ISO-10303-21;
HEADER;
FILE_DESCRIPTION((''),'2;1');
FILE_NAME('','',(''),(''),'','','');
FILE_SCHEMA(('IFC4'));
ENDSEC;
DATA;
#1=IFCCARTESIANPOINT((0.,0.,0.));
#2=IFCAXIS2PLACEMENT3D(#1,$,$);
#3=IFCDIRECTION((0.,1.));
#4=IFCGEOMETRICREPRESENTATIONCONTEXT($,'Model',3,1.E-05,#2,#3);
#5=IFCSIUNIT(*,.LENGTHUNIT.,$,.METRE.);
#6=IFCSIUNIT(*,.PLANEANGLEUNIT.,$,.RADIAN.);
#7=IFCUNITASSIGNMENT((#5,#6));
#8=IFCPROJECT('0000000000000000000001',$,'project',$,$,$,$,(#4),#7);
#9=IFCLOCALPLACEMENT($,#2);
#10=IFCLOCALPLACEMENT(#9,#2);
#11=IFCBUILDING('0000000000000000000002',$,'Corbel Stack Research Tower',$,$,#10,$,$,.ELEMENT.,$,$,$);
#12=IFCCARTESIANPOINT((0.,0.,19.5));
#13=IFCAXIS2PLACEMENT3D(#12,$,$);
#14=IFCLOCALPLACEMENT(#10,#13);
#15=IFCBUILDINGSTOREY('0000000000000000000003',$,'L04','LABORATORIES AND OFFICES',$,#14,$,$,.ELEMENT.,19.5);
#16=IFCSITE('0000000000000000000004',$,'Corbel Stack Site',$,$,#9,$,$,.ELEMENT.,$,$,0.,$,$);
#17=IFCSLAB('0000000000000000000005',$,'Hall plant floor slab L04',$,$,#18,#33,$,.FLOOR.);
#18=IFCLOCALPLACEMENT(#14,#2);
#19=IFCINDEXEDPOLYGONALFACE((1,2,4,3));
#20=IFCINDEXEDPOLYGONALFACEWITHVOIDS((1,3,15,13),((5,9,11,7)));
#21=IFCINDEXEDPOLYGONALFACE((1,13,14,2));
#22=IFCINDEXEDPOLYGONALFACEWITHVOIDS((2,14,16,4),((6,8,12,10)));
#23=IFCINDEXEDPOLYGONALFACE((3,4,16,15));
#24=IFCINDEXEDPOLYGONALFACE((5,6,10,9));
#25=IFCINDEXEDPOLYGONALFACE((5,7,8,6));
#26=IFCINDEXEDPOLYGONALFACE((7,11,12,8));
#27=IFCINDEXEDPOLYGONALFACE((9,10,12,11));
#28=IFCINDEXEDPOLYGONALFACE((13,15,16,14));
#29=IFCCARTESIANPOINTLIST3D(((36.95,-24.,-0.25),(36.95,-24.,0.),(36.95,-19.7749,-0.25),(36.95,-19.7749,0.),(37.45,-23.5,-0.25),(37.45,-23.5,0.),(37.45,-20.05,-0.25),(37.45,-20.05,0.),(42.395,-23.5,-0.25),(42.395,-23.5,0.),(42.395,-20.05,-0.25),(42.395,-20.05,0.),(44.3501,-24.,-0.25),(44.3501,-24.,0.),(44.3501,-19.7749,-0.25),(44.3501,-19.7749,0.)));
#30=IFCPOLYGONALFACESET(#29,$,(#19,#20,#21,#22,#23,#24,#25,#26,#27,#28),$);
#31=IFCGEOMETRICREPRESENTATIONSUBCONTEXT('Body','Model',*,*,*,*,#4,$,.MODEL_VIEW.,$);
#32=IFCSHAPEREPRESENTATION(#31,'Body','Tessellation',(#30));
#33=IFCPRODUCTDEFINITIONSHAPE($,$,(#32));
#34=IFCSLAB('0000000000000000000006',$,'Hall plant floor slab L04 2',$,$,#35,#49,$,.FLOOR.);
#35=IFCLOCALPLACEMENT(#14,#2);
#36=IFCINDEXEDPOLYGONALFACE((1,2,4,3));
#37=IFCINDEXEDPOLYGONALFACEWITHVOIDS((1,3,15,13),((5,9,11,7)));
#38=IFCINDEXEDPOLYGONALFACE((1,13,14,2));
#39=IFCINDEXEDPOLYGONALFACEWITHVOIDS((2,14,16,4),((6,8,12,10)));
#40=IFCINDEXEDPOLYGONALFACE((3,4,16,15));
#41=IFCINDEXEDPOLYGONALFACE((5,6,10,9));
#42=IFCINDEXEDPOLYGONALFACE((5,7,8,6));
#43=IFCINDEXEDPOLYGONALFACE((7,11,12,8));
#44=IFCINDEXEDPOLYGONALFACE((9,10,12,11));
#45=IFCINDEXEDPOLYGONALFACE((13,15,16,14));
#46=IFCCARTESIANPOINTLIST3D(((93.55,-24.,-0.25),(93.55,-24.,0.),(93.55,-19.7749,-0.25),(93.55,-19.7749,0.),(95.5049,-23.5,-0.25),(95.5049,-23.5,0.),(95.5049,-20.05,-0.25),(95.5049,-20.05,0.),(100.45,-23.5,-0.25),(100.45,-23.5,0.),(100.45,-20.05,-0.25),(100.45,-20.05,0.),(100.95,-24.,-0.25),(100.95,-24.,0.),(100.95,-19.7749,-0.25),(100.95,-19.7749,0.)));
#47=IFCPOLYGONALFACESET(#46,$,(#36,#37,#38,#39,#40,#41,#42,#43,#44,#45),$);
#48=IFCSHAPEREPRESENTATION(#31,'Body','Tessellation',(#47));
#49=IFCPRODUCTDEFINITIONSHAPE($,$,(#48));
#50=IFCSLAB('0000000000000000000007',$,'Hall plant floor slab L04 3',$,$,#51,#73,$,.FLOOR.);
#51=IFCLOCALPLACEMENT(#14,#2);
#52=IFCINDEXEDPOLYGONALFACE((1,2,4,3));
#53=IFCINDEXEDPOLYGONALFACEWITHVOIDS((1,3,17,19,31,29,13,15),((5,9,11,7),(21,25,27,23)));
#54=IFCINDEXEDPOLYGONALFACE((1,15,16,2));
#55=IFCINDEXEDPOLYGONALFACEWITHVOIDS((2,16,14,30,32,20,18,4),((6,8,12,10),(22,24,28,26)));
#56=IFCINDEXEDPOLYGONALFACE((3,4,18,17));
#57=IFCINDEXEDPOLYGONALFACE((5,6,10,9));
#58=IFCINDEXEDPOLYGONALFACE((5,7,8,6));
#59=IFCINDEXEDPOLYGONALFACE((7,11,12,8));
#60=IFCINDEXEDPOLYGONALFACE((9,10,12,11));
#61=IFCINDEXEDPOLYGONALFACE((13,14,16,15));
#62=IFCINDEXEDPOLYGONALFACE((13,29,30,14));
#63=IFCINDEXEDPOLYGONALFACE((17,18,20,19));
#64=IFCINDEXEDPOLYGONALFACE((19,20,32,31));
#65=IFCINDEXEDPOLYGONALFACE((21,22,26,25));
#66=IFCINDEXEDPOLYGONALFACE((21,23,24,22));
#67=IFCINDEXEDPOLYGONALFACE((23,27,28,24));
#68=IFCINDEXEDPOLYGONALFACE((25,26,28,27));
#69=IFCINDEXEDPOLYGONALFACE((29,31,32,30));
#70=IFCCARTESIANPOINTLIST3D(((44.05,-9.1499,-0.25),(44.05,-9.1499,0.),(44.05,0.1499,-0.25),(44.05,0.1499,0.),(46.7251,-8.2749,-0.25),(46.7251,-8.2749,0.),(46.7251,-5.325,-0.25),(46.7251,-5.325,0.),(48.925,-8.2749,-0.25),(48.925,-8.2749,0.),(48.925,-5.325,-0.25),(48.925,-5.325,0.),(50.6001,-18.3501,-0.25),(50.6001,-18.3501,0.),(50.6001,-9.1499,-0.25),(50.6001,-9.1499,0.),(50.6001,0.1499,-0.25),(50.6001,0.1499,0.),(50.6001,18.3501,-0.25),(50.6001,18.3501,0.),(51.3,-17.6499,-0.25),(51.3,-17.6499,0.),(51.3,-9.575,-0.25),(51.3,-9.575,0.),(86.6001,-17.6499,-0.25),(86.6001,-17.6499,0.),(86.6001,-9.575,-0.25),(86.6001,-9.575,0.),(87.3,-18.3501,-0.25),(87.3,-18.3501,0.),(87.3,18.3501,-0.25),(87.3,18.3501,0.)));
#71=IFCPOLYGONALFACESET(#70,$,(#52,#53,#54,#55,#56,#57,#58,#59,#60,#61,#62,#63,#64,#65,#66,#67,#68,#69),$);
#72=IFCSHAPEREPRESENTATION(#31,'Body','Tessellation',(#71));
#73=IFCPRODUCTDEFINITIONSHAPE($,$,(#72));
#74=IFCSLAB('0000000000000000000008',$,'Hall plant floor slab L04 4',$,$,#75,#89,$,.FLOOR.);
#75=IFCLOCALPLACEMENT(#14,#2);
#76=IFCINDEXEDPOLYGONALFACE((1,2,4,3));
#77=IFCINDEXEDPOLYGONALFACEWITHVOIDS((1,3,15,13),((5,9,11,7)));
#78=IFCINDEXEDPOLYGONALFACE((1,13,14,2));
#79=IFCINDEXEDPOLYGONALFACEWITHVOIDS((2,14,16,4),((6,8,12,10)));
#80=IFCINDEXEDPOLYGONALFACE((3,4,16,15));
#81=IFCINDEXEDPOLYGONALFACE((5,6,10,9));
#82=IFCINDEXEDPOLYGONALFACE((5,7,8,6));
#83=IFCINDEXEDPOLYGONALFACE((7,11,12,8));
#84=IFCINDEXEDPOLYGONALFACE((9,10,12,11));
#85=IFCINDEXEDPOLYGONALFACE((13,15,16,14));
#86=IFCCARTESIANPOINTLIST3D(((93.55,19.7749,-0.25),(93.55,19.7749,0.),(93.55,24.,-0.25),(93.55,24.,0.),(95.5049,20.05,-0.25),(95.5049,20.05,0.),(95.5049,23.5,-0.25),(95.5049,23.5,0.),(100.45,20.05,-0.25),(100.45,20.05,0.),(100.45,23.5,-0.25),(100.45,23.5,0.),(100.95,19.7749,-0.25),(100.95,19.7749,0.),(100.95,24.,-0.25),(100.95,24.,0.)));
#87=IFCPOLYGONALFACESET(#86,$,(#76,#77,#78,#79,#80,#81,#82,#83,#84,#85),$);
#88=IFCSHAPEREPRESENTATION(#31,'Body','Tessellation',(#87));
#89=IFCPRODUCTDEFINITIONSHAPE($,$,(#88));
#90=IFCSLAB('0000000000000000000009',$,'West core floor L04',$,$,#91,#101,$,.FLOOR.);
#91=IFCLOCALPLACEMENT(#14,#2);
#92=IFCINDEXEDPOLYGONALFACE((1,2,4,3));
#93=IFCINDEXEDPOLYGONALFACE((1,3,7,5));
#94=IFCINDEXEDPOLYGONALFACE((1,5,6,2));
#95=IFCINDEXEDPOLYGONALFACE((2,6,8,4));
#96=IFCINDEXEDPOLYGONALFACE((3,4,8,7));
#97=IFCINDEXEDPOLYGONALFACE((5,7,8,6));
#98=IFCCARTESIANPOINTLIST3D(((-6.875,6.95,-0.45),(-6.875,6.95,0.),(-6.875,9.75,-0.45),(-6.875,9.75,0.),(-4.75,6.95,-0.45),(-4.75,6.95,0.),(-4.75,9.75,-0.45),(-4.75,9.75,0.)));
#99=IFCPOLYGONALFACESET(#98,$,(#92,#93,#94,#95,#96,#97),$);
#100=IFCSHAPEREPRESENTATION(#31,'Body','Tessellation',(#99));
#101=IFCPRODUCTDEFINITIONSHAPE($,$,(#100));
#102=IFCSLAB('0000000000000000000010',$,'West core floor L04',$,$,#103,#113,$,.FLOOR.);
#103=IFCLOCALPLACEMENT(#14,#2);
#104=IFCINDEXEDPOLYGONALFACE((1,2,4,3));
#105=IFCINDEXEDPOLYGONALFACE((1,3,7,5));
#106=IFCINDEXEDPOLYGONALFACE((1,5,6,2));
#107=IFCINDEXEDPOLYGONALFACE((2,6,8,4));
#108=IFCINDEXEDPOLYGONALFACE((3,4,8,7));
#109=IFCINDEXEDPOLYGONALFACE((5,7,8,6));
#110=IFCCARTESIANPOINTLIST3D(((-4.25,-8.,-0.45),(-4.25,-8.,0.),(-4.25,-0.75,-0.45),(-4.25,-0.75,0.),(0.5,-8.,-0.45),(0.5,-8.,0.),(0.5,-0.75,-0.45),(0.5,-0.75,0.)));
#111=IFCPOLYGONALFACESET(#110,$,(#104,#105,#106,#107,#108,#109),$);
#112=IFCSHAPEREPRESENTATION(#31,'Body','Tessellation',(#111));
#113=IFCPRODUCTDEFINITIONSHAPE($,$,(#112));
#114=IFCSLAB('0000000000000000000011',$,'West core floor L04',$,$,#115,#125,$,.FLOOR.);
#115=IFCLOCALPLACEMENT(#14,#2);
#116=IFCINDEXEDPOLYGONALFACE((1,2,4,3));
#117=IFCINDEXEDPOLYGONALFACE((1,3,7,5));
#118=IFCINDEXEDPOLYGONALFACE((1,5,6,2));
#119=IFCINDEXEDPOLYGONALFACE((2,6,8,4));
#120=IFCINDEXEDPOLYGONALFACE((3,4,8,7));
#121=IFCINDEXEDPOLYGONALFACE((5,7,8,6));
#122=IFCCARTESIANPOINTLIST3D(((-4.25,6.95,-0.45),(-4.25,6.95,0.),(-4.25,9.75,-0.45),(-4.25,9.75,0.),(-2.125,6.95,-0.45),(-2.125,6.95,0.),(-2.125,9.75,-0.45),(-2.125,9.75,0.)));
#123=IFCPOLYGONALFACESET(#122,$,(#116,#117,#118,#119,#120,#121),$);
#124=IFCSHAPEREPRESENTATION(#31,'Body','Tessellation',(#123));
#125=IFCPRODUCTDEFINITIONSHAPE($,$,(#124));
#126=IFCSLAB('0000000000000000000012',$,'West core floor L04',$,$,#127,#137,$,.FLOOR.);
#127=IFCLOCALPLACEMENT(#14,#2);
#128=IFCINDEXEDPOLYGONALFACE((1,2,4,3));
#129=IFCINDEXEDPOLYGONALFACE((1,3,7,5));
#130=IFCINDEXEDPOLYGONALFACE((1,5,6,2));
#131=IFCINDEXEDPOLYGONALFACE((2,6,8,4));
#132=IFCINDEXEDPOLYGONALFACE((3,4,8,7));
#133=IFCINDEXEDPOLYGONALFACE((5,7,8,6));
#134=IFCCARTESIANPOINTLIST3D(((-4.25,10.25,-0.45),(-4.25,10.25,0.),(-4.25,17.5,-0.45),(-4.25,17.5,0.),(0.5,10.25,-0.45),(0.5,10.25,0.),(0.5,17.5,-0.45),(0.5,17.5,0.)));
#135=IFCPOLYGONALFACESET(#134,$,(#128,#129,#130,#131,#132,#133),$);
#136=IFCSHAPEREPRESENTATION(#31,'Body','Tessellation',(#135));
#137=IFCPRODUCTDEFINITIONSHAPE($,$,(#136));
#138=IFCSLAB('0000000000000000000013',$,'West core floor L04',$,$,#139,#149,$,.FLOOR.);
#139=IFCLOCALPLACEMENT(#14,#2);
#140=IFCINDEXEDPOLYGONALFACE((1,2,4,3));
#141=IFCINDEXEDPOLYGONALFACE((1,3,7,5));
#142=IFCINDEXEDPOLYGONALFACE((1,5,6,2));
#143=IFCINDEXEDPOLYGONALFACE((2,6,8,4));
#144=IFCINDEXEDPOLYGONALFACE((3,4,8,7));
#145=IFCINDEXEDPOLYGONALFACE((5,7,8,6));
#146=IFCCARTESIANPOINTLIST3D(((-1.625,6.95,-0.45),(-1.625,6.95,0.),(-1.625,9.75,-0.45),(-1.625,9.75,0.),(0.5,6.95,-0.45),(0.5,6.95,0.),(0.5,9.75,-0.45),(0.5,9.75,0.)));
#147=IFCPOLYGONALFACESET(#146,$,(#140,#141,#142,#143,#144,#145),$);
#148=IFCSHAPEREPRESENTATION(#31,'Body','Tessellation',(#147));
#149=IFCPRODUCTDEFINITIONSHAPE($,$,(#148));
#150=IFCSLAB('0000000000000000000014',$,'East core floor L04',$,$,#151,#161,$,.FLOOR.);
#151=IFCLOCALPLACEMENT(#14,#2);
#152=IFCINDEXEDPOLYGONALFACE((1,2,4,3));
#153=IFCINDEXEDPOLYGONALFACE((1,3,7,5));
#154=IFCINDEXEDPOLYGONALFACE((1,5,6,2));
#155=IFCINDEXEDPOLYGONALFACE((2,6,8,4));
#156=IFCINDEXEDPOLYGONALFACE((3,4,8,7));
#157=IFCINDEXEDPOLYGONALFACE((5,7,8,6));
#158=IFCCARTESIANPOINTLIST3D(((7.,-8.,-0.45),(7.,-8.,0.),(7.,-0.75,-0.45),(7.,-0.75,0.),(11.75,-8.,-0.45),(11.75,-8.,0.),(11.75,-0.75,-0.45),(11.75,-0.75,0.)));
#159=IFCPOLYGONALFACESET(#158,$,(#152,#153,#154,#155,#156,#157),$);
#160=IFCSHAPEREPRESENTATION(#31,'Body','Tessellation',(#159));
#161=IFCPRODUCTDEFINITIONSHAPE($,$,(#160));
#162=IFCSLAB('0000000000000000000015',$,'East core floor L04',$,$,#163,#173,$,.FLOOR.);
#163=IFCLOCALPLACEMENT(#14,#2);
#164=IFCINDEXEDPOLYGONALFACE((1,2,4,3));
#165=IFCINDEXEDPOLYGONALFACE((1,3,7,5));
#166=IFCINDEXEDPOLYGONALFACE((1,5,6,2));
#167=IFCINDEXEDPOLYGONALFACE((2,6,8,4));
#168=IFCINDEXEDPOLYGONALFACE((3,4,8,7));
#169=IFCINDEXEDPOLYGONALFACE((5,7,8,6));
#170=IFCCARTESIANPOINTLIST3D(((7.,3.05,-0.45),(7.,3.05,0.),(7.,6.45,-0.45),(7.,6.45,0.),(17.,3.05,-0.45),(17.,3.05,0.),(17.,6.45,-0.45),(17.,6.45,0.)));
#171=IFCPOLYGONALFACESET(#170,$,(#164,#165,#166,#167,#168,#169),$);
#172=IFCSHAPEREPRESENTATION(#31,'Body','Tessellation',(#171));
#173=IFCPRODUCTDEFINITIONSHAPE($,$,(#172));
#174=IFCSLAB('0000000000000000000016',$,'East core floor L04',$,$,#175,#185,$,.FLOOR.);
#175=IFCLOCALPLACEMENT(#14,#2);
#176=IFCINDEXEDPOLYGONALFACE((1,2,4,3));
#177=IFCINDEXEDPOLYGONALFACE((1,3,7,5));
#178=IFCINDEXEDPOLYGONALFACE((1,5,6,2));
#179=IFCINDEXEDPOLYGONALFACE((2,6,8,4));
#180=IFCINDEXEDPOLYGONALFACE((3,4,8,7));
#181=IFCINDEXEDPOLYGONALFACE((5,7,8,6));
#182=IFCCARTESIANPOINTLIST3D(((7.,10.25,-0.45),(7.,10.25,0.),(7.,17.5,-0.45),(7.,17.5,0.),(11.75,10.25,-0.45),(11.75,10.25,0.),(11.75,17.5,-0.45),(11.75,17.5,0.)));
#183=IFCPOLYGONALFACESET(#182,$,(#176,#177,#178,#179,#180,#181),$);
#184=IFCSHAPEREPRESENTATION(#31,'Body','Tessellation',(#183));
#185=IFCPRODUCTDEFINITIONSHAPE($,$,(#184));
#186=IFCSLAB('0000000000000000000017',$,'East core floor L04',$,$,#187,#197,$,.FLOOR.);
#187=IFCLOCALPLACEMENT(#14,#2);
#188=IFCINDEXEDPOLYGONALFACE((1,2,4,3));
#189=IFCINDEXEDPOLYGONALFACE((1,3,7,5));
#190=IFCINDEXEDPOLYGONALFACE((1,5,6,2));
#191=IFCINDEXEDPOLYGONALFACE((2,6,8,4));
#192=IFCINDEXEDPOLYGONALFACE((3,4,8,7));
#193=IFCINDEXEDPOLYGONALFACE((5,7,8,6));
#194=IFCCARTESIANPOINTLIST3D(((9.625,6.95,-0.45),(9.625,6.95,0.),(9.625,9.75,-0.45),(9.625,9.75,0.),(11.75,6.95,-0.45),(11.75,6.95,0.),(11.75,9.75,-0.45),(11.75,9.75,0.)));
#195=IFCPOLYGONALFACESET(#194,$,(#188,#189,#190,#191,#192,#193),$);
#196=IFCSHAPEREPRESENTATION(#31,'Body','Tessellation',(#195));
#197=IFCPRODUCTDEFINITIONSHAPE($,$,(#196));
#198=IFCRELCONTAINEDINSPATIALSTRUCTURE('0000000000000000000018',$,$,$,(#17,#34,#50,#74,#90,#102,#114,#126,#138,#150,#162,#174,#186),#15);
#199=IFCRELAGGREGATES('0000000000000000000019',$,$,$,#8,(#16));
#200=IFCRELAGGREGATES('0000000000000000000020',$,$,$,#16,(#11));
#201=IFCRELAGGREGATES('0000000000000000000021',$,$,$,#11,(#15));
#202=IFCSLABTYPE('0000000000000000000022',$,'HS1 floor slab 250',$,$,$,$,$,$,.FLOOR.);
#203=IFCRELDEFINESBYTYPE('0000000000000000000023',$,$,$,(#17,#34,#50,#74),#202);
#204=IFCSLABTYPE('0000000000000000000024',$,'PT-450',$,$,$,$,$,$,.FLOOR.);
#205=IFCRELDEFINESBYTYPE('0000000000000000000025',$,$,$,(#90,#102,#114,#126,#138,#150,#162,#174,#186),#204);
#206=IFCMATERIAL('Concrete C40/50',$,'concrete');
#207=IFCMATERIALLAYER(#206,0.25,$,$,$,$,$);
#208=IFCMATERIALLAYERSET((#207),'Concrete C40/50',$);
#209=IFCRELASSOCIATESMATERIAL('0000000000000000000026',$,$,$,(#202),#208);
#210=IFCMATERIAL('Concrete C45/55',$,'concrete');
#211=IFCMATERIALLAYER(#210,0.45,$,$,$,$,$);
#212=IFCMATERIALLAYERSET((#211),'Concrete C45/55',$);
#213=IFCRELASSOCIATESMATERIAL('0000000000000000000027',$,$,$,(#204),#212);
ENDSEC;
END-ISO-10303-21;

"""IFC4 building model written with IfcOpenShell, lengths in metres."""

from ifc_helpers import new_model, si_unit, direction, frame, origin, place, context, subcontext, project, spatial, polyline, outline, extrude, material, layer, layer_set, type_object, element, save


model = new_model("IFC4")

# Units and contexts
model_context = context("Model", 3, precision=1e-05, world=origin(), true_north=direction((0.0, 1.0)))
body_context = subcontext(model_context, "Body", "Model", "MODEL_VIEW")
ifc_project = project(units=[si_unit("LENGTHUNIT", "METRE"), si_unit("PLANEANGLEUNIT", "RADIAN")], contexts=[model_context])

# Site, building, storey
site_placement = place(None, origin())
site = spatial("IfcSite", under=ifc_project, at=site_placement, Name="Corbel Stack Site", CompositionType="ELEMENT", RefElevation=0.0)
building_placement = place(site_placement, origin())
building = spatial("IfcBuilding", under=site, at=building_placement, Name="Corbel Stack Research Tower", CompositionType="ELEMENT")
storey_placement = place(building_placement, frame((0.0, 0.0, 19.5)))
storey = spatial("IfcBuildingStorey", under=building, at=storey_placement, Name="L04", Description="LABORATORIES AND OFFICES", CompositionType="ELEMENT", Elevation=19.5)

# Slabs
ifc_material_1 = material(Name="Concrete C40/50", Category="concrete")
ifc_layer_1 = layer(ifc_material_1, 0.25)
ifc_layer_set_1 = layer_set([ifc_layer_1], Name="Concrete C40/50")
slab_type_1 = type_object("IfcSlabType", Name="HS1 floor slab 250", PredefinedType="FLOOR", material=ifc_layer_set_1)
slab_1_placement = place(storey_placement, frame((0.0, 0.0, -0.25)))
element("IfcSlab", 1, at=slab_1_placement, inside=storey, type_object=slab_type_1, Name="Hall plant floor slab L04", PredefinedType="FLOOR", context=body_context, shape_type="SweptSolid", body=[
    extrude(outline(polyline([(44.3501, -19.7749), (44.3501, -24.0), (36.95, -24.0), (36.95, -19.7749), (44.3501, -19.7749)]), holes=[polyline([(37.45, -23.5), (42.395, -23.5), (42.395, -20.05), (37.45, -20.05), (37.45, -23.5)])]), origin(), (0.0, 0.0, 1.0), 0.25),
])
slab_2_placement = place(storey_placement, frame((0.0, 0.0, -0.25)))
element("IfcSlab", 2, at=slab_2_placement, inside=storey, type_object=slab_type_1, Name="Hall plant floor slab L04 2", PredefinedType="FLOOR", context=body_context, shape_type="SweptSolid", body=[
    extrude(outline(polyline([(100.95, -19.7749), (100.95, -24.0), (93.55, -24.0), (93.55, -19.7749), (100.95, -19.7749)]), holes=[polyline([(100.45, -20.05), (95.5049, -20.05), (95.5049, -23.5), (100.45, -23.5), (100.45, -20.05)])]), origin(), (0.0, 0.0, 1.0), 0.25),
])
slab_3_placement = place(storey_placement, frame((0.0, 0.0, -0.25)))
element("IfcSlab", 3, at=slab_3_placement, inside=storey, type_object=slab_type_1, Name="Hall plant floor slab L04 3", PredefinedType="FLOOR", context=body_context, shape_type="SweptSolid", body=[
    extrude(outline(polyline([(50.6001, -18.3501), (50.6001, -9.1499), (44.05, -9.1499), (44.05, 0.1499), (50.6001, 0.1499), (50.6001, 18.3501), (87.3, 18.3501), (87.3, -18.3501), (50.6001, -18.3501)]), holes=[polyline([(86.6001, -9.575), (51.3, -9.575), (51.3, -17.6499), (86.6001, -17.6499), (86.6001, -9.575)]), polyline([(48.925, -5.325), (46.7251, -5.325), (46.7251, -8.2749), (48.925, -8.2749), (48.925, -5.325)])]), origin(), (0.0, 0.0, 1.0), 0.25),
])
slab_4_placement = place(storey_placement, frame((0.0, 0.0, -0.25)))
element("IfcSlab", 4, at=slab_4_placement, inside=storey, type_object=slab_type_1, Name="Hall plant floor slab L04 4", PredefinedType="FLOOR", context=body_context, shape_type="SweptSolid", body=[
    extrude(outline(polyline([(100.95, 19.7749), (93.55, 19.7749), (93.55, 24.0), (100.95, 24.0), (100.95, 19.7749)]), holes=[polyline([(95.5049, 23.5), (95.5049, 20.05), (100.45, 20.05), (100.45, 23.5), (95.5049, 23.5)])]), origin(), (0.0, 0.0, 1.0), 0.25),
])
ifc_material_2 = material(Name="Concrete C45/55", Category="concrete")
ifc_layer_2 = layer(ifc_material_2, 0.45)
ifc_layer_set_2 = layer_set([ifc_layer_2], Name="Concrete C45/55")
slab_type_2 = type_object("IfcSlabType", Name="PT-450", PredefinedType="FLOOR", material=ifc_layer_set_2)
slab_5_placement = place(storey_placement, frame((0.0, 0.0, -0.45)))
element("IfcSlab", 5, at=slab_5_placement, inside=storey, type_object=slab_type_2, Name="West core floor L04", PredefinedType="FLOOR", context=body_context, shape_type="SweptSolid", body=[
    extrude(outline(polyline([(-6.875, 6.95), (-4.75, 6.95), (-4.75, 9.75), (-6.875, 9.75), (-6.875, 6.95)])), origin(), (0.0, 0.0, 1.0), 0.45),
])
slab_6_placement = place(storey_placement, frame((0.0, 0.0, -0.45)))
element("IfcSlab", 6, at=slab_6_placement, inside=storey, type_object=slab_type_2, Name="West core floor L04", PredefinedType="FLOOR", context=body_context, shape_type="SweptSolid", body=[
    extrude(outline(polyline([(-4.25, -0.75), (-4.25, -8.0), (0.5, -8.0), (0.5, -0.75), (-4.25, -0.75)])), origin(), (0.0, 0.0, 1.0), 0.45),
])
slab_7_placement = place(storey_placement, frame((0.0, 0.0, -0.45)))
element("IfcSlab", 7, at=slab_7_placement, inside=storey, type_object=slab_type_2, Name="West core floor L04", PredefinedType="FLOOR", context=body_context, shape_type="SweptSolid", body=[
    extrude(outline(polyline([(-2.125, 6.95), (-2.125, 9.75), (-4.25, 9.75), (-4.25, 6.95), (-2.125, 6.95)])), origin(), (0.0, 0.0, 1.0), 0.45),
])
slab_8_placement = place(storey_placement, frame((0.0, 0.0, -0.45)))
element("IfcSlab", 8, at=slab_8_placement, inside=storey, type_object=slab_type_2, Name="West core floor L04", PredefinedType="FLOOR", context=body_context, shape_type="SweptSolid", body=[
    extrude(outline(polyline([(-4.25, 17.5), (-4.25, 10.25), (0.5, 10.25), (0.5, 17.5), (-4.25, 17.5)])), origin(), (0.0, 0.0, 1.0), 0.45),
])
slab_9_placement = place(storey_placement, frame((0.0, 0.0, -0.45)))
element("IfcSlab", 9, at=slab_9_placement, inside=storey, type_object=slab_type_2, Name="West core floor L04", PredefinedType="FLOOR", context=body_context, shape_type="SweptSolid", body=[
    extrude(outline(polyline([(0.5, 6.95), (0.5, 9.75), (-1.625, 9.75), (-1.625, 6.95), (0.5, 6.95)])), origin(), (0.0, 0.0, 1.0), 0.45),
])
slab_10_placement = place(storey_placement, frame((0.0, 0.0, -0.45)))
element("IfcSlab", 10, at=slab_10_placement, inside=storey, type_object=slab_type_2, Name="East core floor L04", PredefinedType="FLOOR", context=body_context, shape_type="SweptSolid", body=[
    extrude(outline(polyline([(7.0, -0.75), (7.0, -8.0), (11.75, -8.0), (11.75, -0.75), (7.0, -0.75)])), origin(), (0.0, 0.0, 1.0), 0.45),
])
slab_11_placement = place(storey_placement, frame((0.0, 0.0, -0.45)))
element("IfcSlab", 11, at=slab_11_placement, inside=storey, type_object=slab_type_2, Name="East core floor L04", PredefinedType="FLOOR", context=body_context, shape_type="SweptSolid", body=[
    extrude(outline(polyline([(7.0, 6.45), (7.0, 3.05), (17.0, 3.05), (17.0, 6.45), (7.0, 6.45)])), origin(), (0.0, 0.0, 1.0), 0.45),
])
slab_12_placement = place(storey_placement, frame((0.0, 0.0, -0.45)))
element("IfcSlab", 12, at=slab_12_placement, inside=storey, type_object=slab_type_2, Name="East core floor L04", PredefinedType="FLOOR", context=body_context, shape_type="SweptSolid", body=[
    extrude(outline(polyline([(7.0, 17.5), (7.0, 10.25), (11.75, 10.25), (11.75, 17.5), (7.0, 17.5)])), origin(), (0.0, 0.0, 1.0), 0.45),
])
slab_13_placement = place(storey_placement, frame((0.0, 0.0, -0.45)))
element("IfcSlab", 13, at=slab_13_placement, inside=storey, type_object=slab_type_2, Name="East core floor L04", PredefinedType="FLOOR", context=body_context, shape_type="SweptSolid", body=[
    extrude(outline(polyline([(9.625, 6.95), (11.75, 6.95), (11.75, 9.75), (9.625, 9.75), (9.625, 6.95)])), origin(), (0.0, 0.0, 1.0), 0.45),
])

save(model, "model.ifc")
